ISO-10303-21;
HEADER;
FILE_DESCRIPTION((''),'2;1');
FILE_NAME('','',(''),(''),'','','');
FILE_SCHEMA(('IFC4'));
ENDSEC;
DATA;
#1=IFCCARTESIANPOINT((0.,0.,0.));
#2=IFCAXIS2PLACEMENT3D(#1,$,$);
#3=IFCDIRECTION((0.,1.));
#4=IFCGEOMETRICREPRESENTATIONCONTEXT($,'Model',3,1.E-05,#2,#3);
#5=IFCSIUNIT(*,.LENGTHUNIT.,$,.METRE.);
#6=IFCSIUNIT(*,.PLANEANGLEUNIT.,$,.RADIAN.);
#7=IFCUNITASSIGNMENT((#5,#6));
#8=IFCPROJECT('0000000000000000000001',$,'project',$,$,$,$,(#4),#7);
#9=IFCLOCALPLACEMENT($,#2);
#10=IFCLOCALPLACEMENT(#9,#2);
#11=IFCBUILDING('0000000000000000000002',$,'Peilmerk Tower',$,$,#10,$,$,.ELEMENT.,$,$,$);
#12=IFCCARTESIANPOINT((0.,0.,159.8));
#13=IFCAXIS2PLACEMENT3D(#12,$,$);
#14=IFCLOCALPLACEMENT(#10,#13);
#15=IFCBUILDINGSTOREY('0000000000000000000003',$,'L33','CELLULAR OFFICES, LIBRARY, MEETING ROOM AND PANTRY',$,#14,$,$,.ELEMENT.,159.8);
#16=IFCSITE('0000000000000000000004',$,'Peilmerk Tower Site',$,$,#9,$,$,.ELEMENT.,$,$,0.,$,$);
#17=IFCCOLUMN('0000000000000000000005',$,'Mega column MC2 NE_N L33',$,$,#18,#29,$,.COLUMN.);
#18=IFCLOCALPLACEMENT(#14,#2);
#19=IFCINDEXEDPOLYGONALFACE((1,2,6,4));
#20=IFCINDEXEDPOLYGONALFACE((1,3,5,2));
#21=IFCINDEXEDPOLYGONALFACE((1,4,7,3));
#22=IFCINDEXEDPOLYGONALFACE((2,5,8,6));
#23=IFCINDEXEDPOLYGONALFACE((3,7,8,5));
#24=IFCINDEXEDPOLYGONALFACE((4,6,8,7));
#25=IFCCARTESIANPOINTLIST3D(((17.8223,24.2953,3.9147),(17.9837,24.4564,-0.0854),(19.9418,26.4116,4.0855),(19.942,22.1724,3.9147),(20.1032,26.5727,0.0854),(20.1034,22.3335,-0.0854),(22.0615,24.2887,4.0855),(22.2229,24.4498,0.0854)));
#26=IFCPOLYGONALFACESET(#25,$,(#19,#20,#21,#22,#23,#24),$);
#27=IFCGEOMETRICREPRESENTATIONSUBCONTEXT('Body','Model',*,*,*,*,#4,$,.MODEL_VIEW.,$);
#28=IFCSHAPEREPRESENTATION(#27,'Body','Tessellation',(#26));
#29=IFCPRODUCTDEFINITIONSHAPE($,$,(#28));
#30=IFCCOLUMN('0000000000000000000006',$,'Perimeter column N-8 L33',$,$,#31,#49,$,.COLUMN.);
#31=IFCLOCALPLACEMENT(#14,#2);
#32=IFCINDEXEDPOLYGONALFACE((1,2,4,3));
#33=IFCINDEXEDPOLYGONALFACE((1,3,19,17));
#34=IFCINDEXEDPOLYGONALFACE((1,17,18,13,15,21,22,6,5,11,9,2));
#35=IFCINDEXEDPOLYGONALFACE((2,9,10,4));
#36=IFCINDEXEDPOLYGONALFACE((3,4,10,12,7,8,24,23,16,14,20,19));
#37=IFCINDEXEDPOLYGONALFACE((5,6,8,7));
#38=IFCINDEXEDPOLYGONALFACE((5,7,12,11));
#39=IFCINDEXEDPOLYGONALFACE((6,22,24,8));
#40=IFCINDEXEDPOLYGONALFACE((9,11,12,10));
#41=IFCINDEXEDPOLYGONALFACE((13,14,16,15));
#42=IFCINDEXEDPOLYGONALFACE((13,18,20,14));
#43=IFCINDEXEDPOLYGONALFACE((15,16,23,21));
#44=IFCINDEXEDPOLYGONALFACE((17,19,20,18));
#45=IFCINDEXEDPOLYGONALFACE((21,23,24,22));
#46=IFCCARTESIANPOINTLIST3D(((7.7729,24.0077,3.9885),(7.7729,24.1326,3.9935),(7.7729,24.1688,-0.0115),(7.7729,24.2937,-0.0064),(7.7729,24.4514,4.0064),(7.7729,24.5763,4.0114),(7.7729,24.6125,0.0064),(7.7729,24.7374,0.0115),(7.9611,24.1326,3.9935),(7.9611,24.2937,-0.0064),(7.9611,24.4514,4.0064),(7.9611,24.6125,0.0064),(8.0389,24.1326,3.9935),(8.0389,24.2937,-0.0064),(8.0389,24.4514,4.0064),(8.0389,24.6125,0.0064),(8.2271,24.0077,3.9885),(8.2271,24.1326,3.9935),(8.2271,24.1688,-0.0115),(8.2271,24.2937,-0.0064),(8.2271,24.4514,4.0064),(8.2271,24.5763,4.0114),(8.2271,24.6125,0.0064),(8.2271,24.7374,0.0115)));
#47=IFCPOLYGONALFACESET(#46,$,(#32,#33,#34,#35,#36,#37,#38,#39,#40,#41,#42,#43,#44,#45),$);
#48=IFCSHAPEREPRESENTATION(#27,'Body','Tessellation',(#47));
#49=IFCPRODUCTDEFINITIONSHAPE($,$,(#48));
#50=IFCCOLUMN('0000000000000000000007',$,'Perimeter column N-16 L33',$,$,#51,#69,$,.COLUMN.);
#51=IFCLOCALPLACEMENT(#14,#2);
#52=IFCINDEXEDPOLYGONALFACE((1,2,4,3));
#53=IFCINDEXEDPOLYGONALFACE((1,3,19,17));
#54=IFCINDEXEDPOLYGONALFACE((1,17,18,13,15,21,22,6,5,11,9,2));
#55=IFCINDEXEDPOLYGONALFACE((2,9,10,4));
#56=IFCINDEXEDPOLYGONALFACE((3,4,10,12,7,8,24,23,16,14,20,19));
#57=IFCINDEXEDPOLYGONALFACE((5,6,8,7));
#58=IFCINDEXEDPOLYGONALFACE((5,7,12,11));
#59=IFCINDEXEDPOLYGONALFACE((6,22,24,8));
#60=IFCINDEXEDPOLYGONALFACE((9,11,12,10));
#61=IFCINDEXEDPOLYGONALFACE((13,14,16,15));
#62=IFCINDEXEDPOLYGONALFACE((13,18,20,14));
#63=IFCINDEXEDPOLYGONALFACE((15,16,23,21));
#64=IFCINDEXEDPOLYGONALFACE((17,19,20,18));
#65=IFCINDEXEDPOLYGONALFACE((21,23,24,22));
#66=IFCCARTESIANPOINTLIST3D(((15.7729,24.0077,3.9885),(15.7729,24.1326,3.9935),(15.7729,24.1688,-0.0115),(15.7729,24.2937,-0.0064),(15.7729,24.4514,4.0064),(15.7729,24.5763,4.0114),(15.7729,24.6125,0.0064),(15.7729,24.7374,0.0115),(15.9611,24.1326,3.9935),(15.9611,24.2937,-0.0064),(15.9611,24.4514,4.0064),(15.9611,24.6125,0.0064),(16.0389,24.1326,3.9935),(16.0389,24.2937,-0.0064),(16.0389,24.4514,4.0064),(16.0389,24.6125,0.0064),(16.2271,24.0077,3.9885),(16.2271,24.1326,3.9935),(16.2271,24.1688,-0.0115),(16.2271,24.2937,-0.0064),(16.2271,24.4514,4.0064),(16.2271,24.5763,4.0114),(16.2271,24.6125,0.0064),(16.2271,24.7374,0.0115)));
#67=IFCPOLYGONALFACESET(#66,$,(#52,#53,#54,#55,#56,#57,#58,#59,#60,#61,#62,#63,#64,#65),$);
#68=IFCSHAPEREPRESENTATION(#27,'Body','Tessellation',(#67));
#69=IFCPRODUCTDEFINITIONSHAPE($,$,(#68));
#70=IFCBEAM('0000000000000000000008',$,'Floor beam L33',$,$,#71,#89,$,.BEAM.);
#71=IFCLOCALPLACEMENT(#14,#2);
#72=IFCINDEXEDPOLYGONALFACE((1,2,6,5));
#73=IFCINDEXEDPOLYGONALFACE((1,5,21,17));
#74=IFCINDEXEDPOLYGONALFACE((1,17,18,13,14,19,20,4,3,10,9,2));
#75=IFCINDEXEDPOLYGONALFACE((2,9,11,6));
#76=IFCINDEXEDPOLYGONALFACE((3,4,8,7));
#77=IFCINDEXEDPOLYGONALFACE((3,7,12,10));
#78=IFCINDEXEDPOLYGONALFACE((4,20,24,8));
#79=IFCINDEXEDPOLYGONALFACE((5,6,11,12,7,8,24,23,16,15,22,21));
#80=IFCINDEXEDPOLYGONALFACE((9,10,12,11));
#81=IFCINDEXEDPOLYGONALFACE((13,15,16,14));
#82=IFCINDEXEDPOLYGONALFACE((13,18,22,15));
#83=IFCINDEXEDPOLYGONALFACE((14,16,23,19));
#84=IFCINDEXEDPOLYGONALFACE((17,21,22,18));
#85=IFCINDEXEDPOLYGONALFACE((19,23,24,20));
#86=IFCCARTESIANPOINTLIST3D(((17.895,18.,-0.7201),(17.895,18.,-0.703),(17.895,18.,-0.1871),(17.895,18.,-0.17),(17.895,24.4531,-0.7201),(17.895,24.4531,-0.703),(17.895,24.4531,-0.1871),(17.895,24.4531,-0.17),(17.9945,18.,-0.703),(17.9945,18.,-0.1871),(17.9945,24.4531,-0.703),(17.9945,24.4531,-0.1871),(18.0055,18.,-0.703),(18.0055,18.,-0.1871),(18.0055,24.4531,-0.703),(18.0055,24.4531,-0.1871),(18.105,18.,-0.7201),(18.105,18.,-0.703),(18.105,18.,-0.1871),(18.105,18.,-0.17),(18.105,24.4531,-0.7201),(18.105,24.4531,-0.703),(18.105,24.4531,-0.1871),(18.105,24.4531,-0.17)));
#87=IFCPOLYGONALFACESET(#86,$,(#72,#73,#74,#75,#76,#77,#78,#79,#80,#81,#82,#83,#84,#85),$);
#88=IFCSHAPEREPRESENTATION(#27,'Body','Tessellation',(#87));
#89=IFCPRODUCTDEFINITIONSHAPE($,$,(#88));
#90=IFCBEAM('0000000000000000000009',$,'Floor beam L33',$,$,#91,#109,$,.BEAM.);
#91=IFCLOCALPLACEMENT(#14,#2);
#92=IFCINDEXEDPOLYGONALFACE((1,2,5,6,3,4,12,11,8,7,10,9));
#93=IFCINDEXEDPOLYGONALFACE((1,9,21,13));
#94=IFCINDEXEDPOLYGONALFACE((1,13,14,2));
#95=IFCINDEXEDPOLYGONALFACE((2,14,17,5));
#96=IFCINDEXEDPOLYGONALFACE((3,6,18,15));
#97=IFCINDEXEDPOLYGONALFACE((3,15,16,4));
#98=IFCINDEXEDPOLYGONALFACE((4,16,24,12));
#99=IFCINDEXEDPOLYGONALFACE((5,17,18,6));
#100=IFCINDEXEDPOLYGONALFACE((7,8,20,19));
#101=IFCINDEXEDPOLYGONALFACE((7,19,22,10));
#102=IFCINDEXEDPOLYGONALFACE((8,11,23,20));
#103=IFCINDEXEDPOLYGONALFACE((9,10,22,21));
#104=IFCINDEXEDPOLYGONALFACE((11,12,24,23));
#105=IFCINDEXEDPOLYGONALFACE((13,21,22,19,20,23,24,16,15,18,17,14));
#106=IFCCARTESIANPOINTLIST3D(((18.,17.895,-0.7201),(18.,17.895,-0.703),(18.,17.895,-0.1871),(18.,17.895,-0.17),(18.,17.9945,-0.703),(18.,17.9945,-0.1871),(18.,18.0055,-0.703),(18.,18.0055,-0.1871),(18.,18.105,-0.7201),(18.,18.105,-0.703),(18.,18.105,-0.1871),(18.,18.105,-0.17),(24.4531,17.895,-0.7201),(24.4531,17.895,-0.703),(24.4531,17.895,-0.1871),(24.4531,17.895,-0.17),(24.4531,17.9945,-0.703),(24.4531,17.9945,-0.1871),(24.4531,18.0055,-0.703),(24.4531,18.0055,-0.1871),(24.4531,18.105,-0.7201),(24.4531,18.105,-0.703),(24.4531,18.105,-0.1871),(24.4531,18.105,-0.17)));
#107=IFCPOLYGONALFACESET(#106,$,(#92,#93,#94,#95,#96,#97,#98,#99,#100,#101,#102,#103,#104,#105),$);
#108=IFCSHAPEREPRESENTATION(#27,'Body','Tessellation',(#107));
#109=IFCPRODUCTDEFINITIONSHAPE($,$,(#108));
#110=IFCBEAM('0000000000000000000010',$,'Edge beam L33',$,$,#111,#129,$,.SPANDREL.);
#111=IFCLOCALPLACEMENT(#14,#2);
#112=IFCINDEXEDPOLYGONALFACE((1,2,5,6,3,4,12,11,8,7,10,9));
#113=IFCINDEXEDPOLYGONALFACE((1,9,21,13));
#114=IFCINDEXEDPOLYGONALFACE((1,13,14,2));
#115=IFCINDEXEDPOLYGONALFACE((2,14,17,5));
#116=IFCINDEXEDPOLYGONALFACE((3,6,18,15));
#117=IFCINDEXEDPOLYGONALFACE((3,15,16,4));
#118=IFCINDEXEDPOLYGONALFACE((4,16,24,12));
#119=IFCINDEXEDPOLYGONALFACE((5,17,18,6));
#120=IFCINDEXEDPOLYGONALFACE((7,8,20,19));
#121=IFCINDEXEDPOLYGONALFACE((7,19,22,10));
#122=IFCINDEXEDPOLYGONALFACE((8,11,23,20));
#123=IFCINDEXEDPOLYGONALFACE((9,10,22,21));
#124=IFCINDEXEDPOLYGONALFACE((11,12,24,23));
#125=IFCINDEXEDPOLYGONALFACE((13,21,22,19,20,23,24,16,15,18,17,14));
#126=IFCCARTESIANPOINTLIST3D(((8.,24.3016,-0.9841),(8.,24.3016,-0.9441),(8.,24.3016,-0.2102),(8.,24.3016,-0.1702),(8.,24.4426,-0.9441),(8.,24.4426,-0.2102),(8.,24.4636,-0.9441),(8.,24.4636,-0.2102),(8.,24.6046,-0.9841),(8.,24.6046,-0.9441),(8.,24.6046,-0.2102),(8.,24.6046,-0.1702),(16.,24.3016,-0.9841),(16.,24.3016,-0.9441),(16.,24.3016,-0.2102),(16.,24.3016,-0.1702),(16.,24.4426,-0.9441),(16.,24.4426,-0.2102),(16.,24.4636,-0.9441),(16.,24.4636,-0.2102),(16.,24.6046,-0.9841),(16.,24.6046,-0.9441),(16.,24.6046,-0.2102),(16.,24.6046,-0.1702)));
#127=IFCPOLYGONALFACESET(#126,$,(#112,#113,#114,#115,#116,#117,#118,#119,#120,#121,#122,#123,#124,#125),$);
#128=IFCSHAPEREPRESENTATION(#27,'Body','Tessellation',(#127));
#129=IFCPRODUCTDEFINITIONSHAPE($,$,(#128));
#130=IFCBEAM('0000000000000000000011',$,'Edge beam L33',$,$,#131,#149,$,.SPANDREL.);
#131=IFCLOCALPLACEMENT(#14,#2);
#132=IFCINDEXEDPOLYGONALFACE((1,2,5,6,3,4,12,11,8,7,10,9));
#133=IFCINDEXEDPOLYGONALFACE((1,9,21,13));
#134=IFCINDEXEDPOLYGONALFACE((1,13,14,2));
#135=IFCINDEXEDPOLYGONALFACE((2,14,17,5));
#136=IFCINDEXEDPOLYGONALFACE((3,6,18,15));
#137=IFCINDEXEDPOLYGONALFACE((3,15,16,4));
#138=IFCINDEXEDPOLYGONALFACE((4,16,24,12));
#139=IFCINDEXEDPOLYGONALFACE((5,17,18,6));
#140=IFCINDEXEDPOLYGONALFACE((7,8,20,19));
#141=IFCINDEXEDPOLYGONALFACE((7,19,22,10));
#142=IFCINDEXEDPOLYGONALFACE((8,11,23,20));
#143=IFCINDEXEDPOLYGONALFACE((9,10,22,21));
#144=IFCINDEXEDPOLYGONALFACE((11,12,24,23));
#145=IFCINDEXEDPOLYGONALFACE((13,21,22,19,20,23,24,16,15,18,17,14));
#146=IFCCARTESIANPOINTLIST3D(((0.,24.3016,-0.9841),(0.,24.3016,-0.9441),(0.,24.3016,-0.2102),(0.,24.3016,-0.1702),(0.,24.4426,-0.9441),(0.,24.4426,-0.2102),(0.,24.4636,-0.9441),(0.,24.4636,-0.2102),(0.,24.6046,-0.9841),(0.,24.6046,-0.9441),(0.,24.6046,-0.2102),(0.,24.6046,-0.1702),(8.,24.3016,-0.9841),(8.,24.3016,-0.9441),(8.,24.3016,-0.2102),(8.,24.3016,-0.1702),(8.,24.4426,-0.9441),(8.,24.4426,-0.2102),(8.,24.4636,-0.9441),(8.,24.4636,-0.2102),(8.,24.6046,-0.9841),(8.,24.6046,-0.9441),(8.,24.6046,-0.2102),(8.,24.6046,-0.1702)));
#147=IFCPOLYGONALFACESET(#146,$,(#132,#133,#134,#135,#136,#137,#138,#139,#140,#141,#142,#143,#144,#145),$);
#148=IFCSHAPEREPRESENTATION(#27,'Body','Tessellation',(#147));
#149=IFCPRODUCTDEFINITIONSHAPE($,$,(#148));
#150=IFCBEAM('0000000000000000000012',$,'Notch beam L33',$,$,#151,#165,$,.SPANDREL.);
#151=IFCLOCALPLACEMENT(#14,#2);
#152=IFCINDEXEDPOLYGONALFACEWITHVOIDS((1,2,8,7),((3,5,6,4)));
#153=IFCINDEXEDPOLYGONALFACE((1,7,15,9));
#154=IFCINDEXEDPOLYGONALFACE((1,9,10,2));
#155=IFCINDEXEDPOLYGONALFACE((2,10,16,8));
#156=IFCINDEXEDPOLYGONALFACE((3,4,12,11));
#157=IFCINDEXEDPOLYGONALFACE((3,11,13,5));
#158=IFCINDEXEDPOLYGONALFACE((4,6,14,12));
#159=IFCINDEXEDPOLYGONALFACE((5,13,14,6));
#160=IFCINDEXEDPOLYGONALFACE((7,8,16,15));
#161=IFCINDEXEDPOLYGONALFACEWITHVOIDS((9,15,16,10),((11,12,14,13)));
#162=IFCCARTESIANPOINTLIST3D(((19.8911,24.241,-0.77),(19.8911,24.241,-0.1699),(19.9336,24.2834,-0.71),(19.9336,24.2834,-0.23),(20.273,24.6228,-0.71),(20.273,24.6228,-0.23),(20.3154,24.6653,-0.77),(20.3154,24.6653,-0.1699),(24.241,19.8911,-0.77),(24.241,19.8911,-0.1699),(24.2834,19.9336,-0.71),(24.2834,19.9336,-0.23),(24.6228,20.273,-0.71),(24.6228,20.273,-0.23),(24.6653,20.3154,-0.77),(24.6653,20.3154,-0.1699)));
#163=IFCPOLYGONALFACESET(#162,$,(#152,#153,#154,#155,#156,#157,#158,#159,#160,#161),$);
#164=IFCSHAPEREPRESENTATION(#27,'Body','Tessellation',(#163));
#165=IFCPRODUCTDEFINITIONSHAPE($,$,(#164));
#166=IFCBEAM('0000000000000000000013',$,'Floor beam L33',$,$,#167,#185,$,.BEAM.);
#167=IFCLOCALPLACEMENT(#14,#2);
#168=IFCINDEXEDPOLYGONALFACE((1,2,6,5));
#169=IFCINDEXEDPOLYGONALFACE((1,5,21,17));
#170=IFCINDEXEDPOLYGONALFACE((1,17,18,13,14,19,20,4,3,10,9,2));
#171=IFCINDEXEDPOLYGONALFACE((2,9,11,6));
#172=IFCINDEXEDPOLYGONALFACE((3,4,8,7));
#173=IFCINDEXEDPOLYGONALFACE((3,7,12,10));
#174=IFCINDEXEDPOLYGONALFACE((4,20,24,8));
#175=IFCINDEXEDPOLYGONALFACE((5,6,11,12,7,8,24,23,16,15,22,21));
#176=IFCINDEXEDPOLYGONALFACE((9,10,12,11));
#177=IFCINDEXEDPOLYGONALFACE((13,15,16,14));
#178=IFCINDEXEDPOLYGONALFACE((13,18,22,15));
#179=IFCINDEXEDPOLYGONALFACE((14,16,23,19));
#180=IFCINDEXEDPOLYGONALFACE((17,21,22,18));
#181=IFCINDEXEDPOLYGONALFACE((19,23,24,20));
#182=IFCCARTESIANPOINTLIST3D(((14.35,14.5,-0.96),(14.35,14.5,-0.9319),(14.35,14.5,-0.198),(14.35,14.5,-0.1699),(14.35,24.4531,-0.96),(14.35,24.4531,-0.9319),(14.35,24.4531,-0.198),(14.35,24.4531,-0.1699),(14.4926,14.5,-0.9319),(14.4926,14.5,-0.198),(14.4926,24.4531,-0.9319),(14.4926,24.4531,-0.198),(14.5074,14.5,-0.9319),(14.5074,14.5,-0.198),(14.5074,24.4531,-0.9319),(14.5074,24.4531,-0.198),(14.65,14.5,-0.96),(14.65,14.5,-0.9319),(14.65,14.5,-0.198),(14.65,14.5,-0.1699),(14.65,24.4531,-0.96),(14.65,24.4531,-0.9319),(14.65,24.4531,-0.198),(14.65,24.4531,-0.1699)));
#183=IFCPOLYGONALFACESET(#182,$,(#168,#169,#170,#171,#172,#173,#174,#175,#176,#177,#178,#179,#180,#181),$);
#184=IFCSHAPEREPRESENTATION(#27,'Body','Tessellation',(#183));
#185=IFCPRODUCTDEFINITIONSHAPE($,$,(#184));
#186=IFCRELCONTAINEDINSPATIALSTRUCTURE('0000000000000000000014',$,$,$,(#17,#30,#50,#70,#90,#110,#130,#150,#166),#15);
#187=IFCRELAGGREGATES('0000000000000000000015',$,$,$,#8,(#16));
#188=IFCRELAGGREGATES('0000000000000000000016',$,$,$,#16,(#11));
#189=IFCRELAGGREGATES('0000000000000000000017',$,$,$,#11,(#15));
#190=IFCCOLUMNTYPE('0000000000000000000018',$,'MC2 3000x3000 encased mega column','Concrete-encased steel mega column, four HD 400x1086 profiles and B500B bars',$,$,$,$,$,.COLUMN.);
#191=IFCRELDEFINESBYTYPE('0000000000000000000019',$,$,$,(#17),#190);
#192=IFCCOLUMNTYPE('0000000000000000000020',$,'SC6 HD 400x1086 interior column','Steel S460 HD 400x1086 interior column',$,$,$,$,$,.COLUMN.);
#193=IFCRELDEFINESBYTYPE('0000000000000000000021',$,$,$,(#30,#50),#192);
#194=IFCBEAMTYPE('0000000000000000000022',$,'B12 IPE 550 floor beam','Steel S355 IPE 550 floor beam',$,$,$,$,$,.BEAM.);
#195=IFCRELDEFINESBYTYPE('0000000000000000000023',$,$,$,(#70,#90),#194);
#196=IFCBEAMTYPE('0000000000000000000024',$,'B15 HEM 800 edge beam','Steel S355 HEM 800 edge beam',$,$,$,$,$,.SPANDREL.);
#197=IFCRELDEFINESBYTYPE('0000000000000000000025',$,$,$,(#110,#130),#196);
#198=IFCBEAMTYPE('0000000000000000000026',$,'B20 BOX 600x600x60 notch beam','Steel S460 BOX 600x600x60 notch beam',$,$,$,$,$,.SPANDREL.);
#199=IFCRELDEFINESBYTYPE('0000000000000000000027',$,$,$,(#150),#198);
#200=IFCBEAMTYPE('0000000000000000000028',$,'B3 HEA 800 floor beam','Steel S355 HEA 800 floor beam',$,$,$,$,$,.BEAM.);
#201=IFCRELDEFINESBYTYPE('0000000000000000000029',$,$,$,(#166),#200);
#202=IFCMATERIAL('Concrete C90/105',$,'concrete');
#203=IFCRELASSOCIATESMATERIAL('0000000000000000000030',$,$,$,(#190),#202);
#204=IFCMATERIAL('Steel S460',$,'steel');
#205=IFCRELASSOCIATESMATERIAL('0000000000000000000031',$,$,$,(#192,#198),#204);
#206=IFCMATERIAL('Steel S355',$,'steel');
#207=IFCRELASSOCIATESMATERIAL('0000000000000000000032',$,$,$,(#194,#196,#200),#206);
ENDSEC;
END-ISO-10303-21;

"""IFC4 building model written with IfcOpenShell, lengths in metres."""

from ifc_helpers import new_model, si_unit, direction, frame, origin, origin_2d, place, context, subcontext, project, spatial, rectangle, hollow_rectangle, i_section, extrude, material, material_profile, profile_set, type_object, element, save


model = new_model("IFC4")

# Units and contexts
model_context = context("Model", 3, precision=1e-05, world=origin(), true_north=direction((0.0, 1.0)))
body_context = subcontext(model_context, "Body", "Model", "MODEL_VIEW")
ifc_project = project(units=[si_unit("LENGTHUNIT", "METRE"), si_unit("PLANEANGLEUNIT", "RADIAN")], contexts=[model_context])

# Site, building, storey
site_placement = place(None, origin())
site = spatial("IfcSite", under=ifc_project, at=site_placement, Name="Peilmerk Tower Site", CompositionType="ELEMENT", RefElevation=0.0)
building_placement = place(site_placement, origin())
building = spatial("IfcBuilding", under=site, at=building_placement, Name="Peilmerk Tower", CompositionType="ELEMENT")
storey_placement = place(building_placement, frame((0.0, 0.0, 159.8)))
storey = spatial("IfcBuildingStorey", under=building, at=storey_placement, Name="L33", Description="CELLULAR OFFICES, LIBRARY, MEETING ROOM AND PANTRY", CompositionType="ELEMENT", Elevation=159.8)

# Columns
ifc_material_1 = material(Name="Concrete C90/105", Category="concrete")
ifc_material_profile_1 = material_profile(ifc_material_1, rectangle(XDim=3.0, YDim=3.0, at=origin_2d()), Name="RC 3000x3000")
ifc_profile_set_1 = profile_set([ifc_material_profile_1], Name="Concrete C90/105")
column_type_1 = type_object("IfcColumnType", Name="MC2 3000x3000 encased mega column", Description="Concrete-encased steel mega column, four HD 400x1086 profiles and B500B bars", PredefinedType="COLUMN", material=ifc_profile_set_1)
column_placement = place(storey_placement, frame((20.1033, 24.4531, 0.0), z_axis=(-0.040279, -0.040218, 0.998379), x_axis=(0.706571, -0.707642, 0.0)))
element("IfcColumn", 1, at=column_placement, inside=storey, type_object=column_type_1, Name="Mega column MC2 NE_N L33", PredefinedType="COLUMN", context=body_context, shape_type="SweptSolid", body=[
    extrude(rectangle(XDim=3.0, YDim=3.0, at=origin_2d()), origin(), (0.0, 0.0, 1.0), 4.0066),
])
ifc_material_2 = material(Name="Steel S460", Category="steel")
ifc_material_profile_2 = material_profile(ifc_material_2, i_section(OverallWidth=0.4541, OverallDepth=0.5691, WebThickness=0.0779, FlangeThickness=0.125, at=origin_2d()), Name="HD 400x1086")
ifc_profile_set_2 = profile_set([ifc_material_profile_2], Name="Steel S460")
column_type_2 = type_object("IfcColumnType", Name="SC6 HD 400x1086 interior column", Description="Steel S460 HD 400x1086 interior column", PredefinedType="COLUMN", material=ifc_profile_set_2)
for number, where, z_axis, x_axis, name in (
    (2, (8.0, 24.4531, 0.0), (0.0, -0.040251, 0.99919), (1.0, 0.0, 0.0), "Perimeter column N-8 L33"),
    (3, (16.0, 24.4531, 0.0), (0.0, -0.040251, 0.99919), (1.0, 0.0, 0.0), "Perimeter column N-16 L33"),
):
    element("IfcColumn", number, at=place(storey_placement, frame(where, z_axis=z_axis, x_axis=x_axis)), inside=storey, type_object=column_type_2, Name=name, PredefinedType="COLUMN", context=body_context, shape_type="SweptSolid", body=[
        extrude(i_section(OverallWidth=0.4541, OverallDepth=0.5691, WebThickness=0.0779, FlangeThickness=0.125, at=origin_2d()), origin(), (0.0, 0.0, 1.0), 4.0032),
    ])

# Beams
ifc_material_3 = material(Name="Steel S355", Category="steel")
ifc_material_profile_3 = material_profile(ifc_material_3, i_section(OverallWidth=0.21, OverallDepth=0.55, WebThickness=0.011, FlangeThickness=0.0171, at=origin_2d()), Name="IPE 550")
ifc_profile_set_3 = profile_set([ifc_material_profile_3], Name="Steel S355")
beam_type_1 = type_object("IfcBeamType", Name="B12 IPE 550 floor beam", Description="Steel S355 IPE 550 floor beam", PredefinedType="BEAM", material=ifc_profile_set_3)
for number, where, z_axis, x_axis, name in (
    (4, (18.0, 18.0, -0.4451), (0.0, 1.0, 0.0), (-1.0, 0.0, 0.0), "Floor beam L33"),
    (5, (18.0, 18.0, -0.4451), (1.0, 0.0, 0.0), (0.0, 1.0, 0.0), "Floor beam L33"),
):
    element("IfcBeam", number, at=place(storey_placement, frame(where, z_axis=z_axis, x_axis=x_axis)), inside=storey, type_object=beam_type_1, Name=name, PredefinedType="BEAM", context=body_context, shape_type="SweptSolid", body=[
        extrude(i_section(OverallWidth=0.21, OverallDepth=0.55, WebThickness=0.011, FlangeThickness=0.0171, at=origin_2d()), origin(), (0.0, 0.0, 1.0), 6.4531),
    ])
ifc_material_profile_4 = material_profile(ifc_material_3, i_section(OverallWidth=0.303, OverallDepth=0.814, WebThickness=0.021, FlangeThickness=0.04, at=origin_2d()), Name="HEM 800")
ifc_profile_set_4 = profile_set([ifc_material_profile_4], Name="Steel S355")
beam_type_2 = type_object("IfcBeamType", Name="B15 HEM 800 edge beam", Description="Steel S355 HEM 800 edge beam", PredefinedType="SPANDREL", material=ifc_profile_set_4)
for number, where, z_axis, x_axis, name in (
    (6, (16.0, 24.4531, -0.5771), (-1.0, 0.0, 0.0), (0.0, -1.0, 0.0), "Edge beam L33"),
    (7, (8.0, 24.4531, -0.5771), (-1.0, 0.0, 0.0), (0.0, -1.0, 0.0), "Edge beam L33"),
):
    element("IfcBeam", number, at=place(storey_placement, frame(where, z_axis=z_axis, x_axis=x_axis)), inside=storey, type_object=beam_type_2, Name=name, PredefinedType="SPANDREL", context=body_context, shape_type="SweptSolid", body=[
        extrude(i_section(OverallWidth=0.303, OverallDepth=0.814, WebThickness=0.021, FlangeThickness=0.04, at=origin_2d()), origin(), (0.0, 0.0, 1.0), 8.0),
    ])
ifc_material_profile_5 = material_profile(ifc_material_2, hollow_rectangle(XDim=0.6001, YDim=0.6001, WallThickness=0.0601, at=origin_2d()), Name="BOX 600x600x60")
ifc_profile_set_5 = profile_set([ifc_material_profile_5], Name="Steel S460")
beam_type_3 = type_object("IfcBeamType", Name="B20 BOX 600x600x60 notch beam", Description="Steel S460 BOX 600x600x60 notch beam", PredefinedType="SPANDREL", material=ifc_profile_set_5)
beam_1_placement = place(storey_placement, frame((20.1033, 24.4531, -0.47), z_axis=(0.707107, -0.707107, 0.0), x_axis=(0.707107, 0.707107, 0.0)))
element("IfcBeam", 8, at=beam_1_placement, inside=storey, type_object=beam_type_3, Name="Notch beam L33", PredefinedType="SPANDREL", context=body_context, shape_type="SweptSolid", body=[
    extrude(hollow_rectangle(XDim=0.6001, YDim=0.6001, WallThickness=0.0601, at=origin_2d()), origin(), (0.0, 0.0, 1.0), 6.1516),
])
ifc_material_profile_6 = material_profile(ifc_material_3, i_section(OverallWidth=0.3, OverallDepth=0.79, WebThickness=0.0149, FlangeThickness=0.0281, at=origin_2d()), Name="HEA 800")
ifc_profile_set_6 = profile_set([ifc_material_profile_6], Name="Steel S355")
beam_type_4 = type_object("IfcBeamType", Name="B3 HEA 800 floor beam", Description="Steel S355 HEA 800 floor beam", PredefinedType="BEAM", material=ifc_profile_set_6)
for number, where, z_axis, x_axis, name in (
    (9, (14.5, 14.5, -0.5649), (0.0, 1.0, 0.0), (-1.0, 0.0, 0.0), "Floor beam L33"),
):
    element("IfcBeam", number, at=place(storey_placement, frame(where, z_axis=z_axis, x_axis=x_axis)), inside=storey, type_object=beam_type_4, Name=name, PredefinedType="BEAM", context=body_context, shape_type="SweptSolid", body=[
        extrude(i_section(OverallWidth=0.3, OverallDepth=0.79, WebThickness=0.0149, FlangeThickness=0.0281, at=origin_2d()), origin(), (0.0, 0.0, 1.0), 9.9531),
    ])

save(model, "model.ifc")
